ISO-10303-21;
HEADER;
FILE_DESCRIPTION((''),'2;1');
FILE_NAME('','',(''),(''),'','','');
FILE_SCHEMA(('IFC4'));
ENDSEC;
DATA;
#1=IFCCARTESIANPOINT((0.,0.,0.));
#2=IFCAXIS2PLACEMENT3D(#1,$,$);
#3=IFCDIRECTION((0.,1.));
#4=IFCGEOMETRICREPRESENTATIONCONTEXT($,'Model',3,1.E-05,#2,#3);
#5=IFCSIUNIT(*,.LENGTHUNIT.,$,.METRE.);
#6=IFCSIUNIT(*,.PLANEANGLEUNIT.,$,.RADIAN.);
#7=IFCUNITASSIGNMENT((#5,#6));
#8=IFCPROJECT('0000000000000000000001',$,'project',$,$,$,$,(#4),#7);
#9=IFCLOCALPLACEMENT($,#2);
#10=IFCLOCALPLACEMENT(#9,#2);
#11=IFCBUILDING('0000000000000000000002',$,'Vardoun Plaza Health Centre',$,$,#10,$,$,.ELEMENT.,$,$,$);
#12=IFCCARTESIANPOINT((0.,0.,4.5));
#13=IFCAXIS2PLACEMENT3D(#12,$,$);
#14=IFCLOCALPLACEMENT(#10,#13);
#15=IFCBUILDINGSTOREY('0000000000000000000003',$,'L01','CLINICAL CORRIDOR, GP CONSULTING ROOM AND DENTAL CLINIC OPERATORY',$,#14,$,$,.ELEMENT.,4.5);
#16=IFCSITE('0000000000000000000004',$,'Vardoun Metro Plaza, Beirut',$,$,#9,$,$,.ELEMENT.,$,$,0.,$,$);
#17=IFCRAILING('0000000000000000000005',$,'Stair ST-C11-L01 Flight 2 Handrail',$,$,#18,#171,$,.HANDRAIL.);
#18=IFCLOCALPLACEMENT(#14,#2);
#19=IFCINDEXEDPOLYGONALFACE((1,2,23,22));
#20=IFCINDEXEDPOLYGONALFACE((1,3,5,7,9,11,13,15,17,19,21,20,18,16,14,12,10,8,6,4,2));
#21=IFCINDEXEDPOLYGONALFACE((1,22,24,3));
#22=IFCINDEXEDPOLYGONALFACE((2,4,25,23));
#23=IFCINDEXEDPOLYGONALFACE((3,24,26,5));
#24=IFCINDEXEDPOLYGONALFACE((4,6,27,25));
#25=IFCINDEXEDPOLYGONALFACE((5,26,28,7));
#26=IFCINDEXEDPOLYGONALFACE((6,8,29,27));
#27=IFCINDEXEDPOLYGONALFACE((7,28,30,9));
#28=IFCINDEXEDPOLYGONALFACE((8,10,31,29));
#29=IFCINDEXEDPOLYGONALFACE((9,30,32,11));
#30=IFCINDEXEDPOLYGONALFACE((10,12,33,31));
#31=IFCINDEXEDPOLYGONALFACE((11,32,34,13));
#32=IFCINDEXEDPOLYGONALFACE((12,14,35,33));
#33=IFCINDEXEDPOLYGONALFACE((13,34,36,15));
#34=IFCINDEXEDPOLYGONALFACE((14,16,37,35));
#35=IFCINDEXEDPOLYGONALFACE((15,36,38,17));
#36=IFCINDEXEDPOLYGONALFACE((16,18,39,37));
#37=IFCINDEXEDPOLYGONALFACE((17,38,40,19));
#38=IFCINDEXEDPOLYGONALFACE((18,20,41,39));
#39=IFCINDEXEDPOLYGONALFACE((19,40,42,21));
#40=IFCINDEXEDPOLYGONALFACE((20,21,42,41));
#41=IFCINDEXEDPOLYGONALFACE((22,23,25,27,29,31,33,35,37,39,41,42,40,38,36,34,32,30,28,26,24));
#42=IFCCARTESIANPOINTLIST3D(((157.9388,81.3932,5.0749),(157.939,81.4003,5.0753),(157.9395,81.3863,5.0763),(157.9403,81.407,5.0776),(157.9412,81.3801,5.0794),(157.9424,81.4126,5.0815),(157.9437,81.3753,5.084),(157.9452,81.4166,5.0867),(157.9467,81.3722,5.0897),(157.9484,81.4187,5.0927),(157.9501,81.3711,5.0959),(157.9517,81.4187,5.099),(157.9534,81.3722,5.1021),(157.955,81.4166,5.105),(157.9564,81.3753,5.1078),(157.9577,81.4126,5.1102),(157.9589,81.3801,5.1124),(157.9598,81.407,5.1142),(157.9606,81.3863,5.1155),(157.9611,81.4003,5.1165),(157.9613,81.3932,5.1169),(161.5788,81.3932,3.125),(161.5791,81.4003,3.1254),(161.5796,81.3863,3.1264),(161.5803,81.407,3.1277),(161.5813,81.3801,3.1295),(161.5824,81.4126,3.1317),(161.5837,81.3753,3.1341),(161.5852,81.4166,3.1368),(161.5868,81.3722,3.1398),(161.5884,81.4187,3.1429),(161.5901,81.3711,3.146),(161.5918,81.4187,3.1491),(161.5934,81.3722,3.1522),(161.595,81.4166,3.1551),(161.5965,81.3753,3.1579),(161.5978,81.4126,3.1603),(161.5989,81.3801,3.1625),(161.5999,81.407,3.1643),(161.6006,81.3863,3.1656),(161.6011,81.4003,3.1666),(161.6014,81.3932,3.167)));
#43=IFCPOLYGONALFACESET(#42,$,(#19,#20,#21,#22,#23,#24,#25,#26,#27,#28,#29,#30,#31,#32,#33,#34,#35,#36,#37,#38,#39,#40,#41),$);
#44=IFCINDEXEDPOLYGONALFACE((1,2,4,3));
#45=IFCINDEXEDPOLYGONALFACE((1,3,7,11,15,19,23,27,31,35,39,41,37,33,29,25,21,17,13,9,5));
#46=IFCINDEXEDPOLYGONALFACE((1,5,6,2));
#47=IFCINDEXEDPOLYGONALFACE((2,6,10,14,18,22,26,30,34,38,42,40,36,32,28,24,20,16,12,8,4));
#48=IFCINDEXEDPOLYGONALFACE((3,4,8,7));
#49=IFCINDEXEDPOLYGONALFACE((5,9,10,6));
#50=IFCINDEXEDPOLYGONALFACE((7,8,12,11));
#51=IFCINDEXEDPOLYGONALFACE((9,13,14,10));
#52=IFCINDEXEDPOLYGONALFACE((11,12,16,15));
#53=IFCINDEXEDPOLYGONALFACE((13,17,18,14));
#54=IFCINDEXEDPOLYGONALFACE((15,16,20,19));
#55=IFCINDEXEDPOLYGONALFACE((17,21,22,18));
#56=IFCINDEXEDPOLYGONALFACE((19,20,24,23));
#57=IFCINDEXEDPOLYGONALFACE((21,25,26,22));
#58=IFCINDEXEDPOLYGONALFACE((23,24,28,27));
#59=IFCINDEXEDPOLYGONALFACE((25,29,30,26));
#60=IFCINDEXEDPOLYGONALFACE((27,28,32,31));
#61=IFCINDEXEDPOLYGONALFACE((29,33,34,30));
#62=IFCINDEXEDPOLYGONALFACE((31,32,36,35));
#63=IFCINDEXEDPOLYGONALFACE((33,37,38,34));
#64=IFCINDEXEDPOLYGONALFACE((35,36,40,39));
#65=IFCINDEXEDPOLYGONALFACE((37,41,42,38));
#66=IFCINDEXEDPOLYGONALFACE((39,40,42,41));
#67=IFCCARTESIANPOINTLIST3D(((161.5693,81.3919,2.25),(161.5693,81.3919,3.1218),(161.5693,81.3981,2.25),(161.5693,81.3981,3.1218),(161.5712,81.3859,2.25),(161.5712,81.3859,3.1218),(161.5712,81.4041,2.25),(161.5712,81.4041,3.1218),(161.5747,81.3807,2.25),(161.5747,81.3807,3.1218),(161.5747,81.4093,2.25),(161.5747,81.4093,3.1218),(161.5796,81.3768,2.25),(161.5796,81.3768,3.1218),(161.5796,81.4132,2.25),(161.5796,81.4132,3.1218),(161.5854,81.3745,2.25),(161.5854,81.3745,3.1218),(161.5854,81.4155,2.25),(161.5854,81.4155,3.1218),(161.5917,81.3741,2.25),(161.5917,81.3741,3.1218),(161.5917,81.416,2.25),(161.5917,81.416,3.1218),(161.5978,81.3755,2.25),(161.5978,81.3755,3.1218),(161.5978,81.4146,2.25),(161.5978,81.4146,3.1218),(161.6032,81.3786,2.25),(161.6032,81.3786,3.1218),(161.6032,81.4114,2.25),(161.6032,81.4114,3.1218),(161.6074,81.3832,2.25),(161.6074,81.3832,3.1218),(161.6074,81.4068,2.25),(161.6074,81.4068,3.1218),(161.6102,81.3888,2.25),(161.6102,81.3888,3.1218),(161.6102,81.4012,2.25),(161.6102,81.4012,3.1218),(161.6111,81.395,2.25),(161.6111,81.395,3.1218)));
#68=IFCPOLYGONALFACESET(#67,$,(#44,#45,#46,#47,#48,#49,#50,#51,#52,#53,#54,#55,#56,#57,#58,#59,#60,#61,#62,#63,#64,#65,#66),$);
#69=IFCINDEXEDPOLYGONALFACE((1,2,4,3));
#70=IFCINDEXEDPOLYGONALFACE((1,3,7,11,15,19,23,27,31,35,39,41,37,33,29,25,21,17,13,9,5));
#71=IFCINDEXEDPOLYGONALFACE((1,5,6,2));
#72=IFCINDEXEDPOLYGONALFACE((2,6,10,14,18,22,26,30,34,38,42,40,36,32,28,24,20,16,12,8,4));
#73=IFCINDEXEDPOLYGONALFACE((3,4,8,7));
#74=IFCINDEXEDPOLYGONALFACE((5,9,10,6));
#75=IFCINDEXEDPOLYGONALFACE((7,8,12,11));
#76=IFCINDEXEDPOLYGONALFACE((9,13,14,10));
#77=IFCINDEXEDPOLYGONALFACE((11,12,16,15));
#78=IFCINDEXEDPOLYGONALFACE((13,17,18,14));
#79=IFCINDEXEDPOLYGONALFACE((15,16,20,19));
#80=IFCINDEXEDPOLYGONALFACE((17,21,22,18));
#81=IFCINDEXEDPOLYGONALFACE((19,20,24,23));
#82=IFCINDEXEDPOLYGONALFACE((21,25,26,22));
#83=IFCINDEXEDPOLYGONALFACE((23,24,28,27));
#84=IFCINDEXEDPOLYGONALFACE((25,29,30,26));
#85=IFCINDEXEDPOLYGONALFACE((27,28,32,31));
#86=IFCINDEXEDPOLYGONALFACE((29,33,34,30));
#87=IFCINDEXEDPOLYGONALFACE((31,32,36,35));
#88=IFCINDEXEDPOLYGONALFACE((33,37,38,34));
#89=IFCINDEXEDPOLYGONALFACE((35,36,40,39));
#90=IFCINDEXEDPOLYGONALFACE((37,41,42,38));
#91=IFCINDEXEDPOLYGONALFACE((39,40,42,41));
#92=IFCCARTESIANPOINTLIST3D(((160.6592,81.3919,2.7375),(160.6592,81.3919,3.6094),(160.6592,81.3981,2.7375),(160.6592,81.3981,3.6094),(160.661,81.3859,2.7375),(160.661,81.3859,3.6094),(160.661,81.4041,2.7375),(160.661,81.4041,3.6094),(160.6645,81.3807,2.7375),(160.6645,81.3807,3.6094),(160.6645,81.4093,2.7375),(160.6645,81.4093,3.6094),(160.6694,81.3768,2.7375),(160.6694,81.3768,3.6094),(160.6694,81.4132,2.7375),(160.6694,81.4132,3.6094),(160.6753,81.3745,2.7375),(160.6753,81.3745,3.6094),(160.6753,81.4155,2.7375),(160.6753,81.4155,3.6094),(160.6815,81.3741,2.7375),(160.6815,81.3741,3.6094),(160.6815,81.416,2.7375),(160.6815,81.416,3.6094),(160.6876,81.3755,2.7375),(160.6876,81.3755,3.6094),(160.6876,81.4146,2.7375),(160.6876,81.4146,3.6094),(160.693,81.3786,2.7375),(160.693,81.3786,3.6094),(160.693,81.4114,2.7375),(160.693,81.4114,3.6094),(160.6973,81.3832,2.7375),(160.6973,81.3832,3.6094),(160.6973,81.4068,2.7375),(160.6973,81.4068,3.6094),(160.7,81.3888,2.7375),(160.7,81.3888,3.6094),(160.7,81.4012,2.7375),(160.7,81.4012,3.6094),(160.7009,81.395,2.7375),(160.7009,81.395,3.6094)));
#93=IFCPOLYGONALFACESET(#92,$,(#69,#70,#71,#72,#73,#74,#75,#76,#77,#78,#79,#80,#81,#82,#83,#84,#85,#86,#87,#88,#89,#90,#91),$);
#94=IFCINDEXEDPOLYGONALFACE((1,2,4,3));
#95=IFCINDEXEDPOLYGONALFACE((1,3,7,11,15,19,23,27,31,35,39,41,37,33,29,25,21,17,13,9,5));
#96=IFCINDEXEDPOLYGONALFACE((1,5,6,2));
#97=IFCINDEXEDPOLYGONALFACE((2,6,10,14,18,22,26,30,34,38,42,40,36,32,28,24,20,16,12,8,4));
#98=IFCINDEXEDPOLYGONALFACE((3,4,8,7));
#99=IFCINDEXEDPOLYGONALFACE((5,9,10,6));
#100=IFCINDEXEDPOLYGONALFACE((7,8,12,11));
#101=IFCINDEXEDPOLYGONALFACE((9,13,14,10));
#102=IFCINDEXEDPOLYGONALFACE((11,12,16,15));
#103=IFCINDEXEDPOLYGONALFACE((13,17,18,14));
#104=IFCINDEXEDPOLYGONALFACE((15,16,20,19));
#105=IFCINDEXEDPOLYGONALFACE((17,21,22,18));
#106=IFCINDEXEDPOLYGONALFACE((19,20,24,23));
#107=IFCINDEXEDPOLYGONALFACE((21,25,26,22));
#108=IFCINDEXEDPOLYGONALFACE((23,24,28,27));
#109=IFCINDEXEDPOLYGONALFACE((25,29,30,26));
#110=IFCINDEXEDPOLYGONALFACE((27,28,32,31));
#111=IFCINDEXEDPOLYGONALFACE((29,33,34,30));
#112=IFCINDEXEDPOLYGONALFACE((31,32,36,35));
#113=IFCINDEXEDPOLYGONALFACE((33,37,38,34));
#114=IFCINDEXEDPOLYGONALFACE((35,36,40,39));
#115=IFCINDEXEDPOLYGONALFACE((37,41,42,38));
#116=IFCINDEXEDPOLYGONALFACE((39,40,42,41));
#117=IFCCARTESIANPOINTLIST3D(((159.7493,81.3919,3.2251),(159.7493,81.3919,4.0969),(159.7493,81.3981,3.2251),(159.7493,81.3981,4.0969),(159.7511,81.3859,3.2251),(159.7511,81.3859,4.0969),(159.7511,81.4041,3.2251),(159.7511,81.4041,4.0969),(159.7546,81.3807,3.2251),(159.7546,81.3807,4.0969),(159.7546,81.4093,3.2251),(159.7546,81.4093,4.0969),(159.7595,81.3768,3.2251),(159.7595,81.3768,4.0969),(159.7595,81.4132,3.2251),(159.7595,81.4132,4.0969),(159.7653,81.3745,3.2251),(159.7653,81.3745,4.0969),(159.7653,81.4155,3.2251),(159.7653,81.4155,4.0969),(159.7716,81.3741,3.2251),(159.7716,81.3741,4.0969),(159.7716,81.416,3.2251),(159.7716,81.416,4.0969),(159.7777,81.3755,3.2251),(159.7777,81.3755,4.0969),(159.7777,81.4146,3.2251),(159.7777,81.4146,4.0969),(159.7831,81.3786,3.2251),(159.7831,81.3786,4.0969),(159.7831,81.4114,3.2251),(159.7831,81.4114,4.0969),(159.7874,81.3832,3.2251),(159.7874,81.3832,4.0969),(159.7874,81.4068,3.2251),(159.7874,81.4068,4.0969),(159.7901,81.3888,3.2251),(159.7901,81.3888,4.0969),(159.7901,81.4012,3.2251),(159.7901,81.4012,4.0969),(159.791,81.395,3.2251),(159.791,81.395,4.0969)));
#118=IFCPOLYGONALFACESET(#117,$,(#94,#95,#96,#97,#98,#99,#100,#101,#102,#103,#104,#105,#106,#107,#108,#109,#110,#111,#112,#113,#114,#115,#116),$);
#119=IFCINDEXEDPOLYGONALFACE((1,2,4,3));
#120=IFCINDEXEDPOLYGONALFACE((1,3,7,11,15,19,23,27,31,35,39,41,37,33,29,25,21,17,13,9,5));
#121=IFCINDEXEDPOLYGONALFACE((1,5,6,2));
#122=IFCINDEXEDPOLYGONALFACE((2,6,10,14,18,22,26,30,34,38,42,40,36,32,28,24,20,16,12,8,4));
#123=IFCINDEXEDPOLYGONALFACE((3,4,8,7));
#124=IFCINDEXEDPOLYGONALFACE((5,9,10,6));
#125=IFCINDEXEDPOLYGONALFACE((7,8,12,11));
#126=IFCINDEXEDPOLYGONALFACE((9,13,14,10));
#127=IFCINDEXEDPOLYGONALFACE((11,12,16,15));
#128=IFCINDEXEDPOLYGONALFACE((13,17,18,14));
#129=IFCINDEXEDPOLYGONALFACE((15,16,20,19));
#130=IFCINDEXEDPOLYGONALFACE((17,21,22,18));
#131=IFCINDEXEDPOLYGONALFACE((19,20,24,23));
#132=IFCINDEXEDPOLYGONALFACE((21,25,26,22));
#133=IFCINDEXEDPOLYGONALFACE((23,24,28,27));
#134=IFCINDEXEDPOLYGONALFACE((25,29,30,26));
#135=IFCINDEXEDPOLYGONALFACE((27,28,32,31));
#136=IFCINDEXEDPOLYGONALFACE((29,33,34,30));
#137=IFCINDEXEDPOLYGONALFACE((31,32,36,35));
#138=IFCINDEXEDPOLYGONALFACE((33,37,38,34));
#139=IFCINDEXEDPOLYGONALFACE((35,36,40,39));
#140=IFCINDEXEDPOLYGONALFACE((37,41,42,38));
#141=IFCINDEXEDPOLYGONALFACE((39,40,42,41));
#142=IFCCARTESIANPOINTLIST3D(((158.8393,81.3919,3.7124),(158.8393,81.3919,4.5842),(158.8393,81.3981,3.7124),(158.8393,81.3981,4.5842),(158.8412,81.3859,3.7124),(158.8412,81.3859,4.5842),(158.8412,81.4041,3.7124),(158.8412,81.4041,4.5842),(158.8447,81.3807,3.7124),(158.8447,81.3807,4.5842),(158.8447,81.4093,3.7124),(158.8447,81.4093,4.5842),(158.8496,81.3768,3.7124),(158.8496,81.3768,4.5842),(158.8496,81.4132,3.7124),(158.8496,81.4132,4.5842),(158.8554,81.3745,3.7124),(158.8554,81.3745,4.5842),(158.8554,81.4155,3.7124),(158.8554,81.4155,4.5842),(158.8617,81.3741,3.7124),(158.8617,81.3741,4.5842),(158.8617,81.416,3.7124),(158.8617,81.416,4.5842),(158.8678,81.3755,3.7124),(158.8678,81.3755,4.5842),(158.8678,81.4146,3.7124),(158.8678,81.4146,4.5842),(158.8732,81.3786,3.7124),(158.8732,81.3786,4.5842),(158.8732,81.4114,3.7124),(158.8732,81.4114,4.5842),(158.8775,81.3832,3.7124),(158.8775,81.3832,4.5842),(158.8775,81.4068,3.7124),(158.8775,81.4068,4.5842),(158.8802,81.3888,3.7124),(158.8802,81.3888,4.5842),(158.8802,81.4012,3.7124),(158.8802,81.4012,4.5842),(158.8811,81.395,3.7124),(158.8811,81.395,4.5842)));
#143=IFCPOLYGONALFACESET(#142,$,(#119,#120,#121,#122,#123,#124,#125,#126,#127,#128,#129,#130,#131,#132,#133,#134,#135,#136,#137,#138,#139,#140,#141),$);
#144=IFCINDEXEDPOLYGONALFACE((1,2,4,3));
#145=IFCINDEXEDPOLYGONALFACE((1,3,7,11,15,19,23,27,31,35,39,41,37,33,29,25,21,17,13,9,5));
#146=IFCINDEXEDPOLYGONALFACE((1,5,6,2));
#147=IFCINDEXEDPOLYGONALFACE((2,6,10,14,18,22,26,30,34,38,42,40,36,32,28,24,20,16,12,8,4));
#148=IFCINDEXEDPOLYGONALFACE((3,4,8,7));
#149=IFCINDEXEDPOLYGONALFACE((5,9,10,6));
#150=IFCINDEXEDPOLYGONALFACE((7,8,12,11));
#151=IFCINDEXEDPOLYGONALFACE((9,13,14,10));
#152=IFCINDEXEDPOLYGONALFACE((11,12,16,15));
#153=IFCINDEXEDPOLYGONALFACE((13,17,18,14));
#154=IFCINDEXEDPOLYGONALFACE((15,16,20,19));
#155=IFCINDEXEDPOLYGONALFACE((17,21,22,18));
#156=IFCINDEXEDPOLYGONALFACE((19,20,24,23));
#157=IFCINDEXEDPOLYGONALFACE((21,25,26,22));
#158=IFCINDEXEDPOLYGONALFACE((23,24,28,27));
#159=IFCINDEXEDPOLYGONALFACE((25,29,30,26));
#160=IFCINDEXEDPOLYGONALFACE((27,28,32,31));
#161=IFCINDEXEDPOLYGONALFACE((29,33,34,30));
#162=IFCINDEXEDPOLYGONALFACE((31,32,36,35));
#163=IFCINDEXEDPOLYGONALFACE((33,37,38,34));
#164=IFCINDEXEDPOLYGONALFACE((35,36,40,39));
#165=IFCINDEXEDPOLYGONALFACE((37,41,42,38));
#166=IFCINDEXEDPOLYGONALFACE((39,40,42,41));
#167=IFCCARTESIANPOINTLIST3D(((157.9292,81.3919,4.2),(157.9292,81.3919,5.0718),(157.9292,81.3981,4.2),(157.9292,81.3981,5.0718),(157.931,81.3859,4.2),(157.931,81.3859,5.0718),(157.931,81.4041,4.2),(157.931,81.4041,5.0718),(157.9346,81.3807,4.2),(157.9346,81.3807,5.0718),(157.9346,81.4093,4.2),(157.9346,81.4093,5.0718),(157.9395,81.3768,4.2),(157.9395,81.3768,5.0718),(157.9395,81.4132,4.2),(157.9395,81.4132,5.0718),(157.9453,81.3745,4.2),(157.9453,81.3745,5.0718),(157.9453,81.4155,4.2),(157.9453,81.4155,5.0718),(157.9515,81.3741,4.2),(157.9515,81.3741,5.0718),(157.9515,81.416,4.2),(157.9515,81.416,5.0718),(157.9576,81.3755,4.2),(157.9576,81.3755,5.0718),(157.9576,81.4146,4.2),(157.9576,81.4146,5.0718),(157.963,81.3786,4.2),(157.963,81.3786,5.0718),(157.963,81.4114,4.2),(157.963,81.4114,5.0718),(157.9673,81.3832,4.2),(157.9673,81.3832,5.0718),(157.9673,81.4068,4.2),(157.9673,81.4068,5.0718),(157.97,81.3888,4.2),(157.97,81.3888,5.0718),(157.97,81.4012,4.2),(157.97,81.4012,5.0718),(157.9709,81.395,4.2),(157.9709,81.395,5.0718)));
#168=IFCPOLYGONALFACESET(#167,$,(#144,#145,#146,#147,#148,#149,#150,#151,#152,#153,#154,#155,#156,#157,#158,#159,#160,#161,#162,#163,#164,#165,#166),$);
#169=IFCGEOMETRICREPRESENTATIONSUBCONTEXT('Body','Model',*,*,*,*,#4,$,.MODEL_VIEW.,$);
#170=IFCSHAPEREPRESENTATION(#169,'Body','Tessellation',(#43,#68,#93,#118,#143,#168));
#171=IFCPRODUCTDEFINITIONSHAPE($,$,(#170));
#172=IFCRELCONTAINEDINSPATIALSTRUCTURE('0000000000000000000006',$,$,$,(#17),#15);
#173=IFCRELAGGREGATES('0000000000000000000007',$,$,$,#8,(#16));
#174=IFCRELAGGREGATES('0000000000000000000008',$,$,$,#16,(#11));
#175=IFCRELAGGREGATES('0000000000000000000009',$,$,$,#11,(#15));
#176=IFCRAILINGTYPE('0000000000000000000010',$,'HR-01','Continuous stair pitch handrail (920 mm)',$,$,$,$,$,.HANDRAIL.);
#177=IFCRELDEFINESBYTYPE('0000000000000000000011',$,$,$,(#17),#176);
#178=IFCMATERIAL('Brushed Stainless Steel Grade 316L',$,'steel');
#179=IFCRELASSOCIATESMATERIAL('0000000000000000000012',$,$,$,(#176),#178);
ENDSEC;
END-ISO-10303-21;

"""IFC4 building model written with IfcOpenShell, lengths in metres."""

from ifc_helpers import new_model, si_unit, direction, frame, origin, origin_2d, place, context, subcontext, project, spatial, circle, extrude, material, type_object, element, save


model = new_model("IFC4")

# Units and contexts
model_context = context("Model", 3, precision=1e-05, world=origin(), true_north=direction((0.0, 1.0)))
body_context = subcontext(model_context, "Body", "Model", "MODEL_VIEW")
ifc_project = project(units=[si_unit("LENGTHUNIT", "METRE"), si_unit("PLANEANGLEUNIT", "RADIAN")], contexts=[model_context])

# Site, building, storey
site_placement = place(None, origin())
site = spatial("IfcSite", under=ifc_project, at=site_placement, Name="Vardoun Metro Plaza, Beirut", CompositionType="ELEMENT", RefElevation=0.0)
building_placement = place(site_placement, origin())
building = spatial("IfcBuilding", under=site, at=building_placement, Name="Vardoun Plaza Health Centre", CompositionType="ELEMENT")
storey_placement = place(building_placement, frame((0.0, 0.0, 4.5)))
storey = spatial("IfcBuildingStorey", under=building, at=storey_placement, Name="L01", Description="CLINICAL CORRIDOR, GP CONSULTING ROOM AND DENTAL CLINIC OPERATORY", CompositionType="ELEMENT", Elevation=4.5)

# Railing
ifc_material_1 = material(Name="Brushed Stainless Steel Grade 316L", Category="steel")
railing_type_1 = type_object("IfcRailingType", Name="HR-01", Description="Continuous stair pitch handrail (920 mm)", PredefinedType="HANDRAIL", material=ifc_material_1)
railing_1_placement = place(storey_placement, frame((161.5901, 81.395, 2.25)))
element("IfcRailing", 1, at=railing_1_placement, inside=storey, type_object=railing_type_1, Name="Stair ST-C11-L01 Flight 2 Handrail", PredefinedType="HANDRAIL", context=body_context, shape_type="SweptSolid", body=[
    extrude(circle(Radius=0.0239, at=origin_2d()), frame((0.0, 0.0, 0.896), z_axis=(-0.881492, 0.0, 0.472198), x_axis=(0.0, -1.0, 0.0)), (0.0, 0.0, 1.0), 4.1294),
    extrude(circle(Radius=0.021, at=origin_2d()), origin(), (0.0, 0.0, 1.0), 0.8718),
    extrude(circle(Radius=0.021, at=origin_2d()), frame((-0.9102, 0.0, 0.4875)), (0.0, 0.0, 1.0), 0.8718),
    extrude(circle(Radius=0.021, at=origin_2d()), frame((-1.8201, 0.0, 0.9751)), (0.0, 0.0, 1.0), 0.8718),
    extrude(circle(Radius=0.021, at=origin_2d()), frame((-2.73, 0.0, 1.4624)), (0.0, 0.0, 1.0), 0.8718),
    extrude(circle(Radius=0.021, at=origin_2d()), frame((-3.6401, 0.0, 1.95)), (0.0, 0.0, 1.0), 0.8718),
])

save(model, "model.ifc")
